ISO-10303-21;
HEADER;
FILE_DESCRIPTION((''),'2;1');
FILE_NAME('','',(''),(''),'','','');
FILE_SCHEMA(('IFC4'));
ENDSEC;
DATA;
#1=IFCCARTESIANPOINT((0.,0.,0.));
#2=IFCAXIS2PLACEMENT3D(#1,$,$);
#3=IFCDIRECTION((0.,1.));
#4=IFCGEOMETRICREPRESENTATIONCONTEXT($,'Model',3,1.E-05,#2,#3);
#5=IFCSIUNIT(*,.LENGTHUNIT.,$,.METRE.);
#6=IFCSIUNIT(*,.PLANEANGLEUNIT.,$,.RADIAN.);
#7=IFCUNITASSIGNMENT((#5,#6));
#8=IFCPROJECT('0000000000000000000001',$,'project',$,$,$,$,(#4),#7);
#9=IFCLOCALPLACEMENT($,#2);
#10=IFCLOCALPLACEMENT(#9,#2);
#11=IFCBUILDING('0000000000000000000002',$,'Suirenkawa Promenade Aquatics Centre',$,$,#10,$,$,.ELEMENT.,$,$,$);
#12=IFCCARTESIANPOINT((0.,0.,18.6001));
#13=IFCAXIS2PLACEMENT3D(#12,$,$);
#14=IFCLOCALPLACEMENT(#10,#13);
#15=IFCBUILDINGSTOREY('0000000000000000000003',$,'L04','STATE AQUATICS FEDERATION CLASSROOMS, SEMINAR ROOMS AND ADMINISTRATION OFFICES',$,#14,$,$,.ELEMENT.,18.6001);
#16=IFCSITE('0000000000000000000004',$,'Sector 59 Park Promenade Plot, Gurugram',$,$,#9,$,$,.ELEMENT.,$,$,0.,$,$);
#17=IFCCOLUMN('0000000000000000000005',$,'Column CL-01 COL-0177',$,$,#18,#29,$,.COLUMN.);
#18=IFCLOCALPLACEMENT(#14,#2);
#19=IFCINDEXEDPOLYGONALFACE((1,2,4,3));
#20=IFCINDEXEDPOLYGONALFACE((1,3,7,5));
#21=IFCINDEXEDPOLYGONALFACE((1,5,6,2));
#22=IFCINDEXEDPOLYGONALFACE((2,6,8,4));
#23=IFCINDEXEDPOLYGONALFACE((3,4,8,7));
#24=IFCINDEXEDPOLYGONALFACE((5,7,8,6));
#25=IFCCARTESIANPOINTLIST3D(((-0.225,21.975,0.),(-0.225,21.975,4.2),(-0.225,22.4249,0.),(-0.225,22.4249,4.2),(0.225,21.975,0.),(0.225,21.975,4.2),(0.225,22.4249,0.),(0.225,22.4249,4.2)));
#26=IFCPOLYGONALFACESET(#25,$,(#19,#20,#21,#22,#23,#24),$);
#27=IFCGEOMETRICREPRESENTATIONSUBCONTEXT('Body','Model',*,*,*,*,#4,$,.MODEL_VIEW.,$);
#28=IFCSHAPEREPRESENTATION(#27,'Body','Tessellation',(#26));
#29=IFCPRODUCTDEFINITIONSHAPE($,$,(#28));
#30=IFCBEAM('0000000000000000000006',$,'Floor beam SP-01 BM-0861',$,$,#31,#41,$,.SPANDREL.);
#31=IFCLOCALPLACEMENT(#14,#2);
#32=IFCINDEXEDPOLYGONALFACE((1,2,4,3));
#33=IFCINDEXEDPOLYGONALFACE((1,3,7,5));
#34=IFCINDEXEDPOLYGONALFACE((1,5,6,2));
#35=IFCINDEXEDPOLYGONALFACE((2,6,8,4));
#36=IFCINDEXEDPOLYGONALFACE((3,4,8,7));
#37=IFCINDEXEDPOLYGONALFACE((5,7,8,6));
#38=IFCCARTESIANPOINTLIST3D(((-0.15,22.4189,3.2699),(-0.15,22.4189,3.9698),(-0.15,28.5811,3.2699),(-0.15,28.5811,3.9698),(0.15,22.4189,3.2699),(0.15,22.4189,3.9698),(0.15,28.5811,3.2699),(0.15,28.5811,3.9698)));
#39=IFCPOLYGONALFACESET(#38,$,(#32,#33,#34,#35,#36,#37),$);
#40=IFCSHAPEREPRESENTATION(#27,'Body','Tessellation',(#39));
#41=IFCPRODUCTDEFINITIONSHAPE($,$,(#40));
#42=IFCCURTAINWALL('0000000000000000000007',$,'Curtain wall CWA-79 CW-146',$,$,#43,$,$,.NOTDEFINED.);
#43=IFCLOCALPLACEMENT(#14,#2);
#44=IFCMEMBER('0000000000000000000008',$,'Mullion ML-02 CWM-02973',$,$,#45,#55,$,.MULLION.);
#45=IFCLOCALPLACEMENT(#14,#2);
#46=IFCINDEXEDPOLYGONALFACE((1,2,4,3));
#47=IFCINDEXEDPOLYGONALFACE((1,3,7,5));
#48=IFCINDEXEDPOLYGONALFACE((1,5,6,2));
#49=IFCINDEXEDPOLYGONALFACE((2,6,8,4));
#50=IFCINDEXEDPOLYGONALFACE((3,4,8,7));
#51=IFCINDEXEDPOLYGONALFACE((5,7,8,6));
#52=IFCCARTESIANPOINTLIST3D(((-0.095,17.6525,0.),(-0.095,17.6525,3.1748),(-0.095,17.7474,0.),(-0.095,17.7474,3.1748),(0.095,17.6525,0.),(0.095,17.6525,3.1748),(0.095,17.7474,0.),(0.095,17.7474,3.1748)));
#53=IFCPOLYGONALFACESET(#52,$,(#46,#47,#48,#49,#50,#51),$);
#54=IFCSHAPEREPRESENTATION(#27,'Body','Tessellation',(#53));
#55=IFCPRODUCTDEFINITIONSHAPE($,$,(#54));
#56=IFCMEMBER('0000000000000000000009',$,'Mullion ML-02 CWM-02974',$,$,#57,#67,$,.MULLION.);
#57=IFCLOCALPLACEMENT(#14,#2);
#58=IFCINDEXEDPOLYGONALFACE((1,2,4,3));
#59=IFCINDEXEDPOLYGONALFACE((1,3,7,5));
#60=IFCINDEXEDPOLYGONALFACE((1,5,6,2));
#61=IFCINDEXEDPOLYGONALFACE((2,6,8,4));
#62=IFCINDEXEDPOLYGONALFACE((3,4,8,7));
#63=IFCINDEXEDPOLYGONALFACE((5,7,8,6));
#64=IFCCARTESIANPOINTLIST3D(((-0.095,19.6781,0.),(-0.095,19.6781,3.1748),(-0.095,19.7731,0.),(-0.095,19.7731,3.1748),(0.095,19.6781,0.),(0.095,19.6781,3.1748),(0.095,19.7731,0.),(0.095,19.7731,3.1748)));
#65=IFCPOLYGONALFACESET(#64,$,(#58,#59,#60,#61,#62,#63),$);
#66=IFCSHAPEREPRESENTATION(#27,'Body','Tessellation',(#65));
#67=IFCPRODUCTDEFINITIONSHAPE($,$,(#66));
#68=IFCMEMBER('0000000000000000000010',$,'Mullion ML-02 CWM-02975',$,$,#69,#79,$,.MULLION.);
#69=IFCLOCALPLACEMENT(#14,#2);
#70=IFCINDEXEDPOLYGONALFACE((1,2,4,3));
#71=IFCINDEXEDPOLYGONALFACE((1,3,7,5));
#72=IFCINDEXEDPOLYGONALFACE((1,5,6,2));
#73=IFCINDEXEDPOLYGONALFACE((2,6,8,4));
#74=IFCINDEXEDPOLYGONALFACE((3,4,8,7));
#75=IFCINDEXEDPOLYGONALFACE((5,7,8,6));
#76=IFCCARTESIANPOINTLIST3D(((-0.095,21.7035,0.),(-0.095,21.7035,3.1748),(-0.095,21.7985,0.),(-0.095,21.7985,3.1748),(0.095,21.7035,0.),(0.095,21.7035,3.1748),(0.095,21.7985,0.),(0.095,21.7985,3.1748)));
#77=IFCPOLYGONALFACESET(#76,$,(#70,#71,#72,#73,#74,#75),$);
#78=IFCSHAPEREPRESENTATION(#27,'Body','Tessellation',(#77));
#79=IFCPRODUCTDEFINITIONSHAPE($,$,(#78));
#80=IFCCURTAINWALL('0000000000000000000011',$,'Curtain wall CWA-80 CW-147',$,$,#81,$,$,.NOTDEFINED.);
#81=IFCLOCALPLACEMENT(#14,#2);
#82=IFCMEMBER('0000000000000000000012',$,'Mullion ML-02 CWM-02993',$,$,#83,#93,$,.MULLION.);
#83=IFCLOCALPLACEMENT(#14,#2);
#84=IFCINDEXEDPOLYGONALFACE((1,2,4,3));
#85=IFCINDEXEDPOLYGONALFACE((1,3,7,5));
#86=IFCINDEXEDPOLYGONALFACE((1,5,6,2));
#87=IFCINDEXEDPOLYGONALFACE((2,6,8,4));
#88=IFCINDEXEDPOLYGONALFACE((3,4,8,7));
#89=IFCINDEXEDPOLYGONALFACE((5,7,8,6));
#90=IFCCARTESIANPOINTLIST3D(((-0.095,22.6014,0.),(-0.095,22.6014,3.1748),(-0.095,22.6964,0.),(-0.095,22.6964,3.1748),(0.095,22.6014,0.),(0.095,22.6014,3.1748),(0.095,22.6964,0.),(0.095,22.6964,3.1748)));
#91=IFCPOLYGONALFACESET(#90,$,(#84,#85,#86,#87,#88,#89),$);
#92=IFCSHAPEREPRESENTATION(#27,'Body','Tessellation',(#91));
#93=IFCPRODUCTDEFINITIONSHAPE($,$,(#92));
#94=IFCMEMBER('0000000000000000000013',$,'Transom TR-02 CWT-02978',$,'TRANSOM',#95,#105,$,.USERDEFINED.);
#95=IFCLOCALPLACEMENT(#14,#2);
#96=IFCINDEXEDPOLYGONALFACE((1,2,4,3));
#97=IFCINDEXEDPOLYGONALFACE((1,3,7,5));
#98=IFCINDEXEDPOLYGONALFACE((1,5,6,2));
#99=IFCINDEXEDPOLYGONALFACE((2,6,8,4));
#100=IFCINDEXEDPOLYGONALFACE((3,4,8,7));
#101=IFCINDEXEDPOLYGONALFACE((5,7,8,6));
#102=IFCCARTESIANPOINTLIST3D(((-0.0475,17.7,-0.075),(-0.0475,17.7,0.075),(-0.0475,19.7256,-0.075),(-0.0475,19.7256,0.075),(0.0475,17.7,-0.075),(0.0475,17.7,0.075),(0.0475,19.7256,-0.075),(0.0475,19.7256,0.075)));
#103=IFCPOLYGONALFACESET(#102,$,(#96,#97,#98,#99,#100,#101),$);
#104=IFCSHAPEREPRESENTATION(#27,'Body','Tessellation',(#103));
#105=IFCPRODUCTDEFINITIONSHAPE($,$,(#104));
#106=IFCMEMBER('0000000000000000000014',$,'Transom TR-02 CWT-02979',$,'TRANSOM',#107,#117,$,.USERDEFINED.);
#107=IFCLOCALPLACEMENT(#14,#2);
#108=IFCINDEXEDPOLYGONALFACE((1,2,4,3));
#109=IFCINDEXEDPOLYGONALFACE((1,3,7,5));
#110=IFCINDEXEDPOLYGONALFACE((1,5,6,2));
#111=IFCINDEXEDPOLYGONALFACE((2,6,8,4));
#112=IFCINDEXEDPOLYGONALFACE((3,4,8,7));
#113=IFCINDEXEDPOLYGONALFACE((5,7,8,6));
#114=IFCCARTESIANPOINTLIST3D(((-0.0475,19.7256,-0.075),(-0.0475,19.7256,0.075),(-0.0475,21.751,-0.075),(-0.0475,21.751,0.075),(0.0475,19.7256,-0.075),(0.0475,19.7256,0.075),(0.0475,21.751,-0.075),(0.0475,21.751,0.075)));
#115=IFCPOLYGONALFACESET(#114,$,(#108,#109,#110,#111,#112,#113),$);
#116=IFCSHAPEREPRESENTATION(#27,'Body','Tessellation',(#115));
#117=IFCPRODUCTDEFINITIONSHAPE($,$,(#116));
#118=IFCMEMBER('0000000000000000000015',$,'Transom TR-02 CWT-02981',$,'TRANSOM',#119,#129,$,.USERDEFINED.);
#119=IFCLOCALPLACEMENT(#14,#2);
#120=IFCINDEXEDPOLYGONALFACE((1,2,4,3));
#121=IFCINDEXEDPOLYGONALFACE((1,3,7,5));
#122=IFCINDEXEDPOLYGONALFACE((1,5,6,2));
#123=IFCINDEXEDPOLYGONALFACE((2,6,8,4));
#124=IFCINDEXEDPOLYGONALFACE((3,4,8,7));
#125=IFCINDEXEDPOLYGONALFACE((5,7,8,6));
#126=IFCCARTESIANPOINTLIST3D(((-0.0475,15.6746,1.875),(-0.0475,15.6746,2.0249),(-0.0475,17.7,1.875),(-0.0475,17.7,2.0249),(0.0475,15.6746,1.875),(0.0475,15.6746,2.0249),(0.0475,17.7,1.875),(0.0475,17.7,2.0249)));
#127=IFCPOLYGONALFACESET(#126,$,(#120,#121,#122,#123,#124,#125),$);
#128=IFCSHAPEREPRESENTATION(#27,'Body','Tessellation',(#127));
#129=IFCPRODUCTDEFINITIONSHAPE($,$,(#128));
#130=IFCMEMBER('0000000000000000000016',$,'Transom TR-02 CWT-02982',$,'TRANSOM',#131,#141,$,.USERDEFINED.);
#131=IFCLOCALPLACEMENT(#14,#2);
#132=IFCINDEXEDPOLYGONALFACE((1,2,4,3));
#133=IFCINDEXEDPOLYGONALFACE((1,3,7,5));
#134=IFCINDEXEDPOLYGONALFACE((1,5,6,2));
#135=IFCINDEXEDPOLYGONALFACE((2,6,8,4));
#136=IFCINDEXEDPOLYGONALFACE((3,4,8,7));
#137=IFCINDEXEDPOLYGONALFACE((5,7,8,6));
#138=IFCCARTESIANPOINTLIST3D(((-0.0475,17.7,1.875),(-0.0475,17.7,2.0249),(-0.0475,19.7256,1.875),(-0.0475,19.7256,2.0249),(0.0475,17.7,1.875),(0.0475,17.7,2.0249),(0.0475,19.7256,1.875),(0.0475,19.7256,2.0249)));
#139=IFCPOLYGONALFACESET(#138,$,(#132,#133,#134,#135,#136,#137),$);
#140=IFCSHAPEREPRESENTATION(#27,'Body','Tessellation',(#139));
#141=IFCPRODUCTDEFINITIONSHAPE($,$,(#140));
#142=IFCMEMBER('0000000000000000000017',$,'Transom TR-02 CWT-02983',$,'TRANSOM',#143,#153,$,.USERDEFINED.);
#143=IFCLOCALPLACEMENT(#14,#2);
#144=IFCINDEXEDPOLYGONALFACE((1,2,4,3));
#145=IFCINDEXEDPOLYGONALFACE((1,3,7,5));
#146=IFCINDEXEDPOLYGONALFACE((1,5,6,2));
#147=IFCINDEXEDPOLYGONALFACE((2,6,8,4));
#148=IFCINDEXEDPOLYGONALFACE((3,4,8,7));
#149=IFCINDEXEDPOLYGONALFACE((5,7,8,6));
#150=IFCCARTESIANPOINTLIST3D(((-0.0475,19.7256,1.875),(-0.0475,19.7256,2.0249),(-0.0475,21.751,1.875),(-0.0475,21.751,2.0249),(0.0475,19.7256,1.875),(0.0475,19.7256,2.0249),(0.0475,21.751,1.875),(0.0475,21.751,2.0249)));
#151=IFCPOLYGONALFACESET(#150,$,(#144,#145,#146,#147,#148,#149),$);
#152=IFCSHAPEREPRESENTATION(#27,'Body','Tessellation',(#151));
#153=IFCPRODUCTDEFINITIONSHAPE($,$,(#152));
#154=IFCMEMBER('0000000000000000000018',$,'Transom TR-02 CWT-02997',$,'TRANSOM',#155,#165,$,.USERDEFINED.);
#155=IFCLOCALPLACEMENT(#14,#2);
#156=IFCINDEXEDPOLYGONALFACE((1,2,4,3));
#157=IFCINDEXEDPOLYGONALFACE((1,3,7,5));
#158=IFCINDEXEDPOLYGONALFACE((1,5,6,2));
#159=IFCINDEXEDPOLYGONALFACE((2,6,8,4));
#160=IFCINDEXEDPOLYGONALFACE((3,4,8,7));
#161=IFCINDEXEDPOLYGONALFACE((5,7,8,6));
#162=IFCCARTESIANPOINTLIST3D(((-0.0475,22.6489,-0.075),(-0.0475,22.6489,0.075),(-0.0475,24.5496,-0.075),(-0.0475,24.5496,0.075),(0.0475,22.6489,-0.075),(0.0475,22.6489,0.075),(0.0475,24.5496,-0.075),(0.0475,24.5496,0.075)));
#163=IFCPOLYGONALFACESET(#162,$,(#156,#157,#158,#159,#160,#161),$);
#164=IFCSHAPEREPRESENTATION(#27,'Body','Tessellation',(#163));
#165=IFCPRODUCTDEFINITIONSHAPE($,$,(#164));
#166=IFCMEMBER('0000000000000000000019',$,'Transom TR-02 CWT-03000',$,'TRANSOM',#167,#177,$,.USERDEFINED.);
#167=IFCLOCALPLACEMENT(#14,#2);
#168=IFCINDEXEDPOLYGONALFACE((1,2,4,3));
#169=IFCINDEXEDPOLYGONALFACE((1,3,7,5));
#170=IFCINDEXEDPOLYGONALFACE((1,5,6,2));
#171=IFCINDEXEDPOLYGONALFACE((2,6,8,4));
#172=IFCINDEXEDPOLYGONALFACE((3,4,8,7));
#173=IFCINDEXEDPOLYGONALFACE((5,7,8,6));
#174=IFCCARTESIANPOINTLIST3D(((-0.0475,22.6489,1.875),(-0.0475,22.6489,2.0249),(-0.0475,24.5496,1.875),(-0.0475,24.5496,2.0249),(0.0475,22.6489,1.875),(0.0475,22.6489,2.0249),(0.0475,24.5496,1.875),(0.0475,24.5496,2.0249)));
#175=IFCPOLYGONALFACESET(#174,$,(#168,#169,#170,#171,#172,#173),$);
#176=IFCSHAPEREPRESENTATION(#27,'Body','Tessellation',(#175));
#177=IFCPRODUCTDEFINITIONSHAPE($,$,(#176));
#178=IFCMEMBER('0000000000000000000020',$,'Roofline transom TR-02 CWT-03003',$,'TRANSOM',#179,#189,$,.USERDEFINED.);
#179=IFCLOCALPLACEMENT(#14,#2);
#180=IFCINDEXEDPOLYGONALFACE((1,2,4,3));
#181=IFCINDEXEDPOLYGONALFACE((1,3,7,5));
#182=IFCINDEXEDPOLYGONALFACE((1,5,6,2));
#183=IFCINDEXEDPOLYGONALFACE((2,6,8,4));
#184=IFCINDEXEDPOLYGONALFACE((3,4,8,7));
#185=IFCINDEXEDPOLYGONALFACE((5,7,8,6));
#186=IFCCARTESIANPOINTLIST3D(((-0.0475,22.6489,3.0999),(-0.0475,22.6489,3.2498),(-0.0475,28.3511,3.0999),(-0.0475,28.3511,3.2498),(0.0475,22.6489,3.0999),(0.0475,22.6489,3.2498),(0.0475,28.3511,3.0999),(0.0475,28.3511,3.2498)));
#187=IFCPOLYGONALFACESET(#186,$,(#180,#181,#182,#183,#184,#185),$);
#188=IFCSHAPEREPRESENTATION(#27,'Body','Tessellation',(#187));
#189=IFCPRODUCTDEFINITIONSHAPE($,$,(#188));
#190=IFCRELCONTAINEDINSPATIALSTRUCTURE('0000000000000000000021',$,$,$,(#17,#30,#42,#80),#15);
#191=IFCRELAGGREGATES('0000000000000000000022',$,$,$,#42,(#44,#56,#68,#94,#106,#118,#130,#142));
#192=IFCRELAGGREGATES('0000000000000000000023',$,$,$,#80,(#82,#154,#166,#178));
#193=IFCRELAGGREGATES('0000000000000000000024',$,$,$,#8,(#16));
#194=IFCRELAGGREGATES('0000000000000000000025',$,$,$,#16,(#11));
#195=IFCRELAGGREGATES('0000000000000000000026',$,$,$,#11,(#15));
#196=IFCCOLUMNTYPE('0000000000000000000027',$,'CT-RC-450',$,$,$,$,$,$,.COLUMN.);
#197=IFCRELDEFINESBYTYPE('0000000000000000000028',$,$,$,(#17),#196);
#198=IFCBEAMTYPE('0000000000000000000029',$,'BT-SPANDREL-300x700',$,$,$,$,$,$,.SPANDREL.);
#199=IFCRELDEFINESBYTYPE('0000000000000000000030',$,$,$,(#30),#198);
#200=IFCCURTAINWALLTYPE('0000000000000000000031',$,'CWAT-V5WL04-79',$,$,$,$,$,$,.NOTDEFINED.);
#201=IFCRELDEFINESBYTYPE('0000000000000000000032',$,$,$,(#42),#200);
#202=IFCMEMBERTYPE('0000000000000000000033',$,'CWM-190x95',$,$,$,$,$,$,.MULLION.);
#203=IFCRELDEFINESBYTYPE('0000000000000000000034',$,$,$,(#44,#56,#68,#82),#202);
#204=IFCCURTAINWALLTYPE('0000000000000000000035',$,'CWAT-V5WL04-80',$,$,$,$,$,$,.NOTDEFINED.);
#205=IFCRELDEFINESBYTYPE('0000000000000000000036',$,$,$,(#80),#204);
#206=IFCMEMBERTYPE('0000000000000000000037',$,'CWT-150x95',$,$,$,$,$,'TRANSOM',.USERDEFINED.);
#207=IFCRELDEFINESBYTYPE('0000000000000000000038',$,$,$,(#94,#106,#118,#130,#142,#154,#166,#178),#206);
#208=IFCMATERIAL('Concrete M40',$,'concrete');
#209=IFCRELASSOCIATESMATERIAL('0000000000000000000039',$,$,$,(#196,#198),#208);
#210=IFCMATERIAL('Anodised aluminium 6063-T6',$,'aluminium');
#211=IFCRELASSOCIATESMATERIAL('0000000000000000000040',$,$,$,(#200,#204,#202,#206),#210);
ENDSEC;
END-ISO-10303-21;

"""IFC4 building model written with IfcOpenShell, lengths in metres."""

from ifc_helpers import new_model, si_unit, direction, frame, origin, origin_2d, place, context, subcontext, project, spatial, rectangle, extrude, material, material_profile, profile_set, type_object, element, aggregate, save


model = new_model("IFC4")

# Units and contexts
model_context = context("Model", 3, precision=1e-05, world=origin(), true_north=direction((0.0, 1.0)))
body_context = subcontext(model_context, "Body", "Model", "MODEL_VIEW")
ifc_project = project(units=[si_unit("LENGTHUNIT", "METRE"), si_unit("PLANEANGLEUNIT", "RADIAN")], contexts=[model_context])

# Site, building, storey
site_placement = place(None, origin())
site = spatial("IfcSite", under=ifc_project, at=site_placement, Name="Sector 59 Park Promenade Plot, Gurugram", CompositionType="ELEMENT", RefElevation=0.0)
building_placement = place(site_placement, origin())
building = spatial("IfcBuilding", under=site, at=building_placement, Name="Suirenkawa Promenade Aquatics Centre", CompositionType="ELEMENT")
storey_placement = place(building_placement, frame((0.0, 0.0, 18.6001)))
storey = spatial("IfcBuildingStorey", under=building, at=storey_placement, Name="L04", Description="STATE AQUATICS FEDERATION CLASSROOMS, SEMINAR ROOMS AND ADMINISTRATION OFFICES", CompositionType="ELEMENT", Elevation=18.6001)

# Column
ifc_material_1 = material(Name="Concrete M40", Category="concrete")
ifc_material_profile_1 = material_profile(ifc_material_1, rectangle(XDim=0.45, YDim=0.45, at=origin_2d()), Name="RC COL 450x450", Category="concrete")
ifc_profile_set_1 = profile_set([ifc_material_profile_1], Name="Concrete M40")
column_type = type_object("IfcColumnType", Name="CT-RC-450", PredefinedType="COLUMN", material=ifc_profile_set_1)
column_placement = place(storey_placement, frame((0.0, 22.2, 0.0), z_axis=(0.0, 0.0, 1.0), x_axis=(1.0, 0.0, 0.0)))
element("IfcColumn", 1, at=column_placement, inside=storey, type_object=column_type, Name="Column CL-01 COL-0177", PredefinedType="COLUMN", context=body_context, shape_type="SweptSolid", body=[
    extrude(rectangle(XDim=0.45, YDim=0.45, at=origin_2d()), origin(), (0.0, 0.0, 1.0), 4.2),
])

# Beam
ifc_material_profile_2 = material_profile(ifc_material_1, rectangle(XDim=0.3, YDim=0.7, at=origin_2d()), Name="RC SPANDREL 300x700", Category="concrete")
ifc_profile_set_2 = profile_set([ifc_material_profile_2], Name="Concrete M40")
beam_type = type_object("IfcBeamType", Name="BT-SPANDREL-300x700", PredefinedType="SPANDREL", material=ifc_profile_set_2)
beam_placement = place(storey_placement, frame((0.0, 22.4189, 3.6199), z_axis=(0.0, 1.0, 0.0), x_axis=(-1.0, 0.0, 0.0)))
element("IfcBeam", 2, at=beam_placement, inside=storey, type_object=beam_type, Name="Floor beam SP-01 BM-0861", PredefinedType="SPANDREL", context=body_context, shape_type="SweptSolid", body=[
    extrude(rectangle(XDim=0.3, YDim=0.7, at=origin_2d()), origin(), (0.0, 0.0, 1.0), 6.1621),
])

# Curtain wall, members
ifc_material_2 = material(Name="Anodised aluminium 6063-T6", Category="aluminium")
curtain_wall_type_1 = type_object("IfcCurtainWallType", Name="CWAT-V5WL04-79", PredefinedType="NOTDEFINED", material=ifc_material_2)
curtain_wall_1_placement = place(storey_placement, origin())
curtain_wall_1 = element("IfcCurtainWall", 3, at=curtain_wall_1_placement, inside=storey, type_object=curtain_wall_type_1, Name="Curtain wall CWA-79 CW-146", PredefinedType="NOTDEFINED")
ifc_material_profile_3 = material_profile(ifc_material_2, rectangle(XDim=0.095, YDim=0.1899, at=origin_2d()), Name="ALU MULL 95x190", Category="aluminium")
ifc_profile_set_3 = profile_set([ifc_material_profile_3], Name="Anodised aluminium 6063-T6")
member_type_1 = type_object("IfcMemberType", Name="CWM-190x95", PredefinedType="MULLION", material=ifc_profile_set_3)
member_1_placement = place(storey_placement, frame((0.0, 17.7, 0.0), z_axis=(0.0, 0.0, 1.0), x_axis=(0.0, 1.0, 0.0)))
member_1 = element("IfcMember", 4, at=member_1_placement, type_object=member_type_1, Name="Mullion ML-02 CWM-02973", PredefinedType="MULLION", context=body_context, shape_type="SweptSolid", body=[
    extrude(rectangle(XDim=0.095, YDim=0.1899, at=origin_2d()), origin(), (0.0, 0.0, 1.0), 3.1748),
])
member_2_placement = place(storey_placement, frame((0.0, 19.7256, 0.0), z_axis=(0.0, 0.0, 1.0), x_axis=(0.0, 1.0, 0.0)))
member_2 = element("IfcMember", 5, at=member_2_placement, type_object=member_type_1, Name="Mullion ML-02 CWM-02974", PredefinedType="MULLION", context=body_context, shape_type="SweptSolid", body=[
    extrude(rectangle(XDim=0.095, YDim=0.1899, at=origin_2d()), origin(), (0.0, 0.0, 1.0), 3.1748),
])
member_3_placement = place(storey_placement, frame((0.0, 21.751, 0.0), z_axis=(0.0, 0.0, 1.0), x_axis=(0.0, 1.0, 0.0)))
member_3 = element("IfcMember", 6, at=member_3_placement, type_object=member_type_1, Name="Mullion ML-02 CWM-02975", PredefinedType="MULLION", context=body_context, shape_type="SweptSolid", body=[
    extrude(rectangle(XDim=0.095, YDim=0.1899, at=origin_2d()), origin(), (0.0, 0.0, 1.0), 3.1748),
])

# Curtain wall, member
curtain_wall_type_2 = type_object("IfcCurtainWallType", Name="CWAT-V5WL04-80", PredefinedType="NOTDEFINED", material=ifc_material_2)
curtain_wall_2_placement = place(storey_placement, origin())
curtain_wall_2 = element("IfcCurtainWall", 7, at=curtain_wall_2_placement, inside=storey, type_object=curtain_wall_type_2, Name="Curtain wall CWA-80 CW-147", PredefinedType="NOTDEFINED")
member_4_placement = place(storey_placement, frame((0.0, 22.6489, 0.0), z_axis=(0.0, 0.0, 1.0), x_axis=(0.0, 1.0, 0.0)))
member_4 = element("IfcMember", 8, at=member_4_placement, type_object=member_type_1, Name="Mullion ML-02 CWM-02993", PredefinedType="MULLION", context=body_context, shape_type="SweptSolid", body=[
    extrude(rectangle(XDim=0.095, YDim=0.1899, at=origin_2d()), origin(), (0.0, 0.0, 1.0), 3.1748),
])

# Members
ifc_material_profile_4 = material_profile(ifc_material_2, rectangle(XDim=0.095, YDim=0.1499, at=origin_2d()), Name="ALU TRAN 95x150", Category="aluminium")
ifc_profile_set_4 = profile_set([ifc_material_profile_4], Name="Anodised aluminium 6063-T6")
member_type_2 = type_object("IfcMemberType", Name="CWT-150x95", ElementType="TRANSOM", PredefinedType="USERDEFINED", material=ifc_profile_set_4)
member_5_placement = place(storey_placement, frame((0.0, 17.7, 0.0), z_axis=(0.0, 1.0, 0.0), x_axis=(-1.0, 0.0, 0.0)))
member_5 = element("IfcMember", 9, at=member_5_placement, type_object=member_type_2, Name="Transom TR-02 CWT-02978", ObjectType="TRANSOM", PredefinedType="USERDEFINED", context=body_context, shape_type="SweptSolid", body=[
    extrude(rectangle(XDim=0.095, YDim=0.1499, at=origin_2d()), origin(), (0.0, 0.0, 1.0), 2.0256),
])
member_6_placement = place(storey_placement, frame((0.0, 19.7256, 0.0), z_axis=(0.0, 1.0, 0.0), x_axis=(-1.0, 0.0, 0.0)))
member_6 = element("IfcMember", 10, at=member_6_placement, type_object=member_type_2, Name="Transom TR-02 CWT-02979", ObjectType="TRANSOM", PredefinedType="USERDEFINED", context=body_context, shape_type="SweptSolid", body=[
    extrude(rectangle(XDim=0.095, YDim=0.1499, at=origin_2d()), origin(), (0.0, 0.0, 1.0), 2.0254),
])
member_7_placement = place(storey_placement, frame((0.0, 15.6746, 1.95), z_axis=(0.0, 1.0, 0.0), x_axis=(-1.0, 0.0, 0.0)))
member_7 = element("IfcMember", 11, at=member_7_placement, type_object=member_type_2, Name="Transom TR-02 CWT-02981", ObjectType="TRANSOM", PredefinedType="USERDEFINED", context=body_context, shape_type="SweptSolid", body=[
    extrude(rectangle(XDim=0.095, YDim=0.1499, at=origin_2d()), origin(), (0.0, 0.0, 1.0), 2.0254),
])
member_8_placement = place(storey_placement, frame((0.0, 17.7, 1.95), z_axis=(0.0, 1.0, 0.0), x_axis=(-1.0, 0.0, 0.0)))
member_8 = element("IfcMember", 12, at=member_8_placement, type_object=member_type_2, Name="Transom TR-02 CWT-02982", ObjectType="TRANSOM", PredefinedType="USERDEFINED", context=body_context, shape_type="SweptSolid", body=[
    extrude(rectangle(XDim=0.095, YDim=0.1499, at=origin_2d()), origin(), (0.0, 0.0, 1.0), 2.0256),
])
member_9_placement = place(storey_placement, frame((0.0, 19.7256, 1.95), z_axis=(0.0, 1.0, 0.0), x_axis=(-1.0, 0.0, 0.0)))
member_9 = element("IfcMember", 13, at=member_9_placement, type_object=member_type_2, Name="Transom TR-02 CWT-02983", ObjectType="TRANSOM", PredefinedType="USERDEFINED", context=body_context, shape_type="SweptSolid", body=[
    extrude(rectangle(XDim=0.095, YDim=0.1499, at=origin_2d()), origin(), (0.0, 0.0, 1.0), 2.0254),
])
member_10_placement = place(storey_placement, frame((0.0, 22.6489, 0.0), z_axis=(0.0, 1.0, 0.0), x_axis=(-1.0, 0.0, 0.0)))
member_10 = element("IfcMember", 14, at=member_10_placement, type_object=member_type_2, Name="Transom TR-02 CWT-02997", ObjectType="TRANSOM", PredefinedType="USERDEFINED", context=body_context, shape_type="SweptSolid", body=[
    extrude(rectangle(XDim=0.095, YDim=0.1499, at=origin_2d()), origin(), (0.0, 0.0, 1.0), 1.9006),
])
member_11_placement = place(storey_placement, frame((0.0, 22.6489, 1.95), z_axis=(0.0, 1.0, 0.0), x_axis=(-1.0, 0.0, 0.0)))
member_11 = element("IfcMember", 15, at=member_11_placement, type_object=member_type_2, Name="Transom TR-02 CWT-03000", ObjectType="TRANSOM", PredefinedType="USERDEFINED", context=body_context, shape_type="SweptSolid", body=[
    extrude(rectangle(XDim=0.095, YDim=0.1499, at=origin_2d()), origin(), (0.0, 0.0, 1.0), 1.9006),
])
member_12_placement = place(storey_placement, frame((0.0, 22.6489, 3.1748), z_axis=(0.0, 1.0, 0.0), x_axis=(-1.0, 0.0, 0.0)))
member_12 = element("IfcMember", 16, at=member_12_placement, type_object=member_type_2, Name="Roofline transom TR-02 CWT-03003", ObjectType="TRANSOM", PredefinedType="USERDEFINED", context=body_context, shape_type="SweptSolid", body=[
    extrude(rectangle(XDim=0.095, YDim=0.1499, at=origin_2d()), origin(), (0.0, 0.0, 1.0), 5.7021),
])

aggregate(curtain_wall_1, [member_1, member_2, member_3, member_5, member_6, member_7, member_8, member_9])
aggregate(curtain_wall_2, [member_4, member_10, member_11, member_12])

save(model, "model.ifc")
